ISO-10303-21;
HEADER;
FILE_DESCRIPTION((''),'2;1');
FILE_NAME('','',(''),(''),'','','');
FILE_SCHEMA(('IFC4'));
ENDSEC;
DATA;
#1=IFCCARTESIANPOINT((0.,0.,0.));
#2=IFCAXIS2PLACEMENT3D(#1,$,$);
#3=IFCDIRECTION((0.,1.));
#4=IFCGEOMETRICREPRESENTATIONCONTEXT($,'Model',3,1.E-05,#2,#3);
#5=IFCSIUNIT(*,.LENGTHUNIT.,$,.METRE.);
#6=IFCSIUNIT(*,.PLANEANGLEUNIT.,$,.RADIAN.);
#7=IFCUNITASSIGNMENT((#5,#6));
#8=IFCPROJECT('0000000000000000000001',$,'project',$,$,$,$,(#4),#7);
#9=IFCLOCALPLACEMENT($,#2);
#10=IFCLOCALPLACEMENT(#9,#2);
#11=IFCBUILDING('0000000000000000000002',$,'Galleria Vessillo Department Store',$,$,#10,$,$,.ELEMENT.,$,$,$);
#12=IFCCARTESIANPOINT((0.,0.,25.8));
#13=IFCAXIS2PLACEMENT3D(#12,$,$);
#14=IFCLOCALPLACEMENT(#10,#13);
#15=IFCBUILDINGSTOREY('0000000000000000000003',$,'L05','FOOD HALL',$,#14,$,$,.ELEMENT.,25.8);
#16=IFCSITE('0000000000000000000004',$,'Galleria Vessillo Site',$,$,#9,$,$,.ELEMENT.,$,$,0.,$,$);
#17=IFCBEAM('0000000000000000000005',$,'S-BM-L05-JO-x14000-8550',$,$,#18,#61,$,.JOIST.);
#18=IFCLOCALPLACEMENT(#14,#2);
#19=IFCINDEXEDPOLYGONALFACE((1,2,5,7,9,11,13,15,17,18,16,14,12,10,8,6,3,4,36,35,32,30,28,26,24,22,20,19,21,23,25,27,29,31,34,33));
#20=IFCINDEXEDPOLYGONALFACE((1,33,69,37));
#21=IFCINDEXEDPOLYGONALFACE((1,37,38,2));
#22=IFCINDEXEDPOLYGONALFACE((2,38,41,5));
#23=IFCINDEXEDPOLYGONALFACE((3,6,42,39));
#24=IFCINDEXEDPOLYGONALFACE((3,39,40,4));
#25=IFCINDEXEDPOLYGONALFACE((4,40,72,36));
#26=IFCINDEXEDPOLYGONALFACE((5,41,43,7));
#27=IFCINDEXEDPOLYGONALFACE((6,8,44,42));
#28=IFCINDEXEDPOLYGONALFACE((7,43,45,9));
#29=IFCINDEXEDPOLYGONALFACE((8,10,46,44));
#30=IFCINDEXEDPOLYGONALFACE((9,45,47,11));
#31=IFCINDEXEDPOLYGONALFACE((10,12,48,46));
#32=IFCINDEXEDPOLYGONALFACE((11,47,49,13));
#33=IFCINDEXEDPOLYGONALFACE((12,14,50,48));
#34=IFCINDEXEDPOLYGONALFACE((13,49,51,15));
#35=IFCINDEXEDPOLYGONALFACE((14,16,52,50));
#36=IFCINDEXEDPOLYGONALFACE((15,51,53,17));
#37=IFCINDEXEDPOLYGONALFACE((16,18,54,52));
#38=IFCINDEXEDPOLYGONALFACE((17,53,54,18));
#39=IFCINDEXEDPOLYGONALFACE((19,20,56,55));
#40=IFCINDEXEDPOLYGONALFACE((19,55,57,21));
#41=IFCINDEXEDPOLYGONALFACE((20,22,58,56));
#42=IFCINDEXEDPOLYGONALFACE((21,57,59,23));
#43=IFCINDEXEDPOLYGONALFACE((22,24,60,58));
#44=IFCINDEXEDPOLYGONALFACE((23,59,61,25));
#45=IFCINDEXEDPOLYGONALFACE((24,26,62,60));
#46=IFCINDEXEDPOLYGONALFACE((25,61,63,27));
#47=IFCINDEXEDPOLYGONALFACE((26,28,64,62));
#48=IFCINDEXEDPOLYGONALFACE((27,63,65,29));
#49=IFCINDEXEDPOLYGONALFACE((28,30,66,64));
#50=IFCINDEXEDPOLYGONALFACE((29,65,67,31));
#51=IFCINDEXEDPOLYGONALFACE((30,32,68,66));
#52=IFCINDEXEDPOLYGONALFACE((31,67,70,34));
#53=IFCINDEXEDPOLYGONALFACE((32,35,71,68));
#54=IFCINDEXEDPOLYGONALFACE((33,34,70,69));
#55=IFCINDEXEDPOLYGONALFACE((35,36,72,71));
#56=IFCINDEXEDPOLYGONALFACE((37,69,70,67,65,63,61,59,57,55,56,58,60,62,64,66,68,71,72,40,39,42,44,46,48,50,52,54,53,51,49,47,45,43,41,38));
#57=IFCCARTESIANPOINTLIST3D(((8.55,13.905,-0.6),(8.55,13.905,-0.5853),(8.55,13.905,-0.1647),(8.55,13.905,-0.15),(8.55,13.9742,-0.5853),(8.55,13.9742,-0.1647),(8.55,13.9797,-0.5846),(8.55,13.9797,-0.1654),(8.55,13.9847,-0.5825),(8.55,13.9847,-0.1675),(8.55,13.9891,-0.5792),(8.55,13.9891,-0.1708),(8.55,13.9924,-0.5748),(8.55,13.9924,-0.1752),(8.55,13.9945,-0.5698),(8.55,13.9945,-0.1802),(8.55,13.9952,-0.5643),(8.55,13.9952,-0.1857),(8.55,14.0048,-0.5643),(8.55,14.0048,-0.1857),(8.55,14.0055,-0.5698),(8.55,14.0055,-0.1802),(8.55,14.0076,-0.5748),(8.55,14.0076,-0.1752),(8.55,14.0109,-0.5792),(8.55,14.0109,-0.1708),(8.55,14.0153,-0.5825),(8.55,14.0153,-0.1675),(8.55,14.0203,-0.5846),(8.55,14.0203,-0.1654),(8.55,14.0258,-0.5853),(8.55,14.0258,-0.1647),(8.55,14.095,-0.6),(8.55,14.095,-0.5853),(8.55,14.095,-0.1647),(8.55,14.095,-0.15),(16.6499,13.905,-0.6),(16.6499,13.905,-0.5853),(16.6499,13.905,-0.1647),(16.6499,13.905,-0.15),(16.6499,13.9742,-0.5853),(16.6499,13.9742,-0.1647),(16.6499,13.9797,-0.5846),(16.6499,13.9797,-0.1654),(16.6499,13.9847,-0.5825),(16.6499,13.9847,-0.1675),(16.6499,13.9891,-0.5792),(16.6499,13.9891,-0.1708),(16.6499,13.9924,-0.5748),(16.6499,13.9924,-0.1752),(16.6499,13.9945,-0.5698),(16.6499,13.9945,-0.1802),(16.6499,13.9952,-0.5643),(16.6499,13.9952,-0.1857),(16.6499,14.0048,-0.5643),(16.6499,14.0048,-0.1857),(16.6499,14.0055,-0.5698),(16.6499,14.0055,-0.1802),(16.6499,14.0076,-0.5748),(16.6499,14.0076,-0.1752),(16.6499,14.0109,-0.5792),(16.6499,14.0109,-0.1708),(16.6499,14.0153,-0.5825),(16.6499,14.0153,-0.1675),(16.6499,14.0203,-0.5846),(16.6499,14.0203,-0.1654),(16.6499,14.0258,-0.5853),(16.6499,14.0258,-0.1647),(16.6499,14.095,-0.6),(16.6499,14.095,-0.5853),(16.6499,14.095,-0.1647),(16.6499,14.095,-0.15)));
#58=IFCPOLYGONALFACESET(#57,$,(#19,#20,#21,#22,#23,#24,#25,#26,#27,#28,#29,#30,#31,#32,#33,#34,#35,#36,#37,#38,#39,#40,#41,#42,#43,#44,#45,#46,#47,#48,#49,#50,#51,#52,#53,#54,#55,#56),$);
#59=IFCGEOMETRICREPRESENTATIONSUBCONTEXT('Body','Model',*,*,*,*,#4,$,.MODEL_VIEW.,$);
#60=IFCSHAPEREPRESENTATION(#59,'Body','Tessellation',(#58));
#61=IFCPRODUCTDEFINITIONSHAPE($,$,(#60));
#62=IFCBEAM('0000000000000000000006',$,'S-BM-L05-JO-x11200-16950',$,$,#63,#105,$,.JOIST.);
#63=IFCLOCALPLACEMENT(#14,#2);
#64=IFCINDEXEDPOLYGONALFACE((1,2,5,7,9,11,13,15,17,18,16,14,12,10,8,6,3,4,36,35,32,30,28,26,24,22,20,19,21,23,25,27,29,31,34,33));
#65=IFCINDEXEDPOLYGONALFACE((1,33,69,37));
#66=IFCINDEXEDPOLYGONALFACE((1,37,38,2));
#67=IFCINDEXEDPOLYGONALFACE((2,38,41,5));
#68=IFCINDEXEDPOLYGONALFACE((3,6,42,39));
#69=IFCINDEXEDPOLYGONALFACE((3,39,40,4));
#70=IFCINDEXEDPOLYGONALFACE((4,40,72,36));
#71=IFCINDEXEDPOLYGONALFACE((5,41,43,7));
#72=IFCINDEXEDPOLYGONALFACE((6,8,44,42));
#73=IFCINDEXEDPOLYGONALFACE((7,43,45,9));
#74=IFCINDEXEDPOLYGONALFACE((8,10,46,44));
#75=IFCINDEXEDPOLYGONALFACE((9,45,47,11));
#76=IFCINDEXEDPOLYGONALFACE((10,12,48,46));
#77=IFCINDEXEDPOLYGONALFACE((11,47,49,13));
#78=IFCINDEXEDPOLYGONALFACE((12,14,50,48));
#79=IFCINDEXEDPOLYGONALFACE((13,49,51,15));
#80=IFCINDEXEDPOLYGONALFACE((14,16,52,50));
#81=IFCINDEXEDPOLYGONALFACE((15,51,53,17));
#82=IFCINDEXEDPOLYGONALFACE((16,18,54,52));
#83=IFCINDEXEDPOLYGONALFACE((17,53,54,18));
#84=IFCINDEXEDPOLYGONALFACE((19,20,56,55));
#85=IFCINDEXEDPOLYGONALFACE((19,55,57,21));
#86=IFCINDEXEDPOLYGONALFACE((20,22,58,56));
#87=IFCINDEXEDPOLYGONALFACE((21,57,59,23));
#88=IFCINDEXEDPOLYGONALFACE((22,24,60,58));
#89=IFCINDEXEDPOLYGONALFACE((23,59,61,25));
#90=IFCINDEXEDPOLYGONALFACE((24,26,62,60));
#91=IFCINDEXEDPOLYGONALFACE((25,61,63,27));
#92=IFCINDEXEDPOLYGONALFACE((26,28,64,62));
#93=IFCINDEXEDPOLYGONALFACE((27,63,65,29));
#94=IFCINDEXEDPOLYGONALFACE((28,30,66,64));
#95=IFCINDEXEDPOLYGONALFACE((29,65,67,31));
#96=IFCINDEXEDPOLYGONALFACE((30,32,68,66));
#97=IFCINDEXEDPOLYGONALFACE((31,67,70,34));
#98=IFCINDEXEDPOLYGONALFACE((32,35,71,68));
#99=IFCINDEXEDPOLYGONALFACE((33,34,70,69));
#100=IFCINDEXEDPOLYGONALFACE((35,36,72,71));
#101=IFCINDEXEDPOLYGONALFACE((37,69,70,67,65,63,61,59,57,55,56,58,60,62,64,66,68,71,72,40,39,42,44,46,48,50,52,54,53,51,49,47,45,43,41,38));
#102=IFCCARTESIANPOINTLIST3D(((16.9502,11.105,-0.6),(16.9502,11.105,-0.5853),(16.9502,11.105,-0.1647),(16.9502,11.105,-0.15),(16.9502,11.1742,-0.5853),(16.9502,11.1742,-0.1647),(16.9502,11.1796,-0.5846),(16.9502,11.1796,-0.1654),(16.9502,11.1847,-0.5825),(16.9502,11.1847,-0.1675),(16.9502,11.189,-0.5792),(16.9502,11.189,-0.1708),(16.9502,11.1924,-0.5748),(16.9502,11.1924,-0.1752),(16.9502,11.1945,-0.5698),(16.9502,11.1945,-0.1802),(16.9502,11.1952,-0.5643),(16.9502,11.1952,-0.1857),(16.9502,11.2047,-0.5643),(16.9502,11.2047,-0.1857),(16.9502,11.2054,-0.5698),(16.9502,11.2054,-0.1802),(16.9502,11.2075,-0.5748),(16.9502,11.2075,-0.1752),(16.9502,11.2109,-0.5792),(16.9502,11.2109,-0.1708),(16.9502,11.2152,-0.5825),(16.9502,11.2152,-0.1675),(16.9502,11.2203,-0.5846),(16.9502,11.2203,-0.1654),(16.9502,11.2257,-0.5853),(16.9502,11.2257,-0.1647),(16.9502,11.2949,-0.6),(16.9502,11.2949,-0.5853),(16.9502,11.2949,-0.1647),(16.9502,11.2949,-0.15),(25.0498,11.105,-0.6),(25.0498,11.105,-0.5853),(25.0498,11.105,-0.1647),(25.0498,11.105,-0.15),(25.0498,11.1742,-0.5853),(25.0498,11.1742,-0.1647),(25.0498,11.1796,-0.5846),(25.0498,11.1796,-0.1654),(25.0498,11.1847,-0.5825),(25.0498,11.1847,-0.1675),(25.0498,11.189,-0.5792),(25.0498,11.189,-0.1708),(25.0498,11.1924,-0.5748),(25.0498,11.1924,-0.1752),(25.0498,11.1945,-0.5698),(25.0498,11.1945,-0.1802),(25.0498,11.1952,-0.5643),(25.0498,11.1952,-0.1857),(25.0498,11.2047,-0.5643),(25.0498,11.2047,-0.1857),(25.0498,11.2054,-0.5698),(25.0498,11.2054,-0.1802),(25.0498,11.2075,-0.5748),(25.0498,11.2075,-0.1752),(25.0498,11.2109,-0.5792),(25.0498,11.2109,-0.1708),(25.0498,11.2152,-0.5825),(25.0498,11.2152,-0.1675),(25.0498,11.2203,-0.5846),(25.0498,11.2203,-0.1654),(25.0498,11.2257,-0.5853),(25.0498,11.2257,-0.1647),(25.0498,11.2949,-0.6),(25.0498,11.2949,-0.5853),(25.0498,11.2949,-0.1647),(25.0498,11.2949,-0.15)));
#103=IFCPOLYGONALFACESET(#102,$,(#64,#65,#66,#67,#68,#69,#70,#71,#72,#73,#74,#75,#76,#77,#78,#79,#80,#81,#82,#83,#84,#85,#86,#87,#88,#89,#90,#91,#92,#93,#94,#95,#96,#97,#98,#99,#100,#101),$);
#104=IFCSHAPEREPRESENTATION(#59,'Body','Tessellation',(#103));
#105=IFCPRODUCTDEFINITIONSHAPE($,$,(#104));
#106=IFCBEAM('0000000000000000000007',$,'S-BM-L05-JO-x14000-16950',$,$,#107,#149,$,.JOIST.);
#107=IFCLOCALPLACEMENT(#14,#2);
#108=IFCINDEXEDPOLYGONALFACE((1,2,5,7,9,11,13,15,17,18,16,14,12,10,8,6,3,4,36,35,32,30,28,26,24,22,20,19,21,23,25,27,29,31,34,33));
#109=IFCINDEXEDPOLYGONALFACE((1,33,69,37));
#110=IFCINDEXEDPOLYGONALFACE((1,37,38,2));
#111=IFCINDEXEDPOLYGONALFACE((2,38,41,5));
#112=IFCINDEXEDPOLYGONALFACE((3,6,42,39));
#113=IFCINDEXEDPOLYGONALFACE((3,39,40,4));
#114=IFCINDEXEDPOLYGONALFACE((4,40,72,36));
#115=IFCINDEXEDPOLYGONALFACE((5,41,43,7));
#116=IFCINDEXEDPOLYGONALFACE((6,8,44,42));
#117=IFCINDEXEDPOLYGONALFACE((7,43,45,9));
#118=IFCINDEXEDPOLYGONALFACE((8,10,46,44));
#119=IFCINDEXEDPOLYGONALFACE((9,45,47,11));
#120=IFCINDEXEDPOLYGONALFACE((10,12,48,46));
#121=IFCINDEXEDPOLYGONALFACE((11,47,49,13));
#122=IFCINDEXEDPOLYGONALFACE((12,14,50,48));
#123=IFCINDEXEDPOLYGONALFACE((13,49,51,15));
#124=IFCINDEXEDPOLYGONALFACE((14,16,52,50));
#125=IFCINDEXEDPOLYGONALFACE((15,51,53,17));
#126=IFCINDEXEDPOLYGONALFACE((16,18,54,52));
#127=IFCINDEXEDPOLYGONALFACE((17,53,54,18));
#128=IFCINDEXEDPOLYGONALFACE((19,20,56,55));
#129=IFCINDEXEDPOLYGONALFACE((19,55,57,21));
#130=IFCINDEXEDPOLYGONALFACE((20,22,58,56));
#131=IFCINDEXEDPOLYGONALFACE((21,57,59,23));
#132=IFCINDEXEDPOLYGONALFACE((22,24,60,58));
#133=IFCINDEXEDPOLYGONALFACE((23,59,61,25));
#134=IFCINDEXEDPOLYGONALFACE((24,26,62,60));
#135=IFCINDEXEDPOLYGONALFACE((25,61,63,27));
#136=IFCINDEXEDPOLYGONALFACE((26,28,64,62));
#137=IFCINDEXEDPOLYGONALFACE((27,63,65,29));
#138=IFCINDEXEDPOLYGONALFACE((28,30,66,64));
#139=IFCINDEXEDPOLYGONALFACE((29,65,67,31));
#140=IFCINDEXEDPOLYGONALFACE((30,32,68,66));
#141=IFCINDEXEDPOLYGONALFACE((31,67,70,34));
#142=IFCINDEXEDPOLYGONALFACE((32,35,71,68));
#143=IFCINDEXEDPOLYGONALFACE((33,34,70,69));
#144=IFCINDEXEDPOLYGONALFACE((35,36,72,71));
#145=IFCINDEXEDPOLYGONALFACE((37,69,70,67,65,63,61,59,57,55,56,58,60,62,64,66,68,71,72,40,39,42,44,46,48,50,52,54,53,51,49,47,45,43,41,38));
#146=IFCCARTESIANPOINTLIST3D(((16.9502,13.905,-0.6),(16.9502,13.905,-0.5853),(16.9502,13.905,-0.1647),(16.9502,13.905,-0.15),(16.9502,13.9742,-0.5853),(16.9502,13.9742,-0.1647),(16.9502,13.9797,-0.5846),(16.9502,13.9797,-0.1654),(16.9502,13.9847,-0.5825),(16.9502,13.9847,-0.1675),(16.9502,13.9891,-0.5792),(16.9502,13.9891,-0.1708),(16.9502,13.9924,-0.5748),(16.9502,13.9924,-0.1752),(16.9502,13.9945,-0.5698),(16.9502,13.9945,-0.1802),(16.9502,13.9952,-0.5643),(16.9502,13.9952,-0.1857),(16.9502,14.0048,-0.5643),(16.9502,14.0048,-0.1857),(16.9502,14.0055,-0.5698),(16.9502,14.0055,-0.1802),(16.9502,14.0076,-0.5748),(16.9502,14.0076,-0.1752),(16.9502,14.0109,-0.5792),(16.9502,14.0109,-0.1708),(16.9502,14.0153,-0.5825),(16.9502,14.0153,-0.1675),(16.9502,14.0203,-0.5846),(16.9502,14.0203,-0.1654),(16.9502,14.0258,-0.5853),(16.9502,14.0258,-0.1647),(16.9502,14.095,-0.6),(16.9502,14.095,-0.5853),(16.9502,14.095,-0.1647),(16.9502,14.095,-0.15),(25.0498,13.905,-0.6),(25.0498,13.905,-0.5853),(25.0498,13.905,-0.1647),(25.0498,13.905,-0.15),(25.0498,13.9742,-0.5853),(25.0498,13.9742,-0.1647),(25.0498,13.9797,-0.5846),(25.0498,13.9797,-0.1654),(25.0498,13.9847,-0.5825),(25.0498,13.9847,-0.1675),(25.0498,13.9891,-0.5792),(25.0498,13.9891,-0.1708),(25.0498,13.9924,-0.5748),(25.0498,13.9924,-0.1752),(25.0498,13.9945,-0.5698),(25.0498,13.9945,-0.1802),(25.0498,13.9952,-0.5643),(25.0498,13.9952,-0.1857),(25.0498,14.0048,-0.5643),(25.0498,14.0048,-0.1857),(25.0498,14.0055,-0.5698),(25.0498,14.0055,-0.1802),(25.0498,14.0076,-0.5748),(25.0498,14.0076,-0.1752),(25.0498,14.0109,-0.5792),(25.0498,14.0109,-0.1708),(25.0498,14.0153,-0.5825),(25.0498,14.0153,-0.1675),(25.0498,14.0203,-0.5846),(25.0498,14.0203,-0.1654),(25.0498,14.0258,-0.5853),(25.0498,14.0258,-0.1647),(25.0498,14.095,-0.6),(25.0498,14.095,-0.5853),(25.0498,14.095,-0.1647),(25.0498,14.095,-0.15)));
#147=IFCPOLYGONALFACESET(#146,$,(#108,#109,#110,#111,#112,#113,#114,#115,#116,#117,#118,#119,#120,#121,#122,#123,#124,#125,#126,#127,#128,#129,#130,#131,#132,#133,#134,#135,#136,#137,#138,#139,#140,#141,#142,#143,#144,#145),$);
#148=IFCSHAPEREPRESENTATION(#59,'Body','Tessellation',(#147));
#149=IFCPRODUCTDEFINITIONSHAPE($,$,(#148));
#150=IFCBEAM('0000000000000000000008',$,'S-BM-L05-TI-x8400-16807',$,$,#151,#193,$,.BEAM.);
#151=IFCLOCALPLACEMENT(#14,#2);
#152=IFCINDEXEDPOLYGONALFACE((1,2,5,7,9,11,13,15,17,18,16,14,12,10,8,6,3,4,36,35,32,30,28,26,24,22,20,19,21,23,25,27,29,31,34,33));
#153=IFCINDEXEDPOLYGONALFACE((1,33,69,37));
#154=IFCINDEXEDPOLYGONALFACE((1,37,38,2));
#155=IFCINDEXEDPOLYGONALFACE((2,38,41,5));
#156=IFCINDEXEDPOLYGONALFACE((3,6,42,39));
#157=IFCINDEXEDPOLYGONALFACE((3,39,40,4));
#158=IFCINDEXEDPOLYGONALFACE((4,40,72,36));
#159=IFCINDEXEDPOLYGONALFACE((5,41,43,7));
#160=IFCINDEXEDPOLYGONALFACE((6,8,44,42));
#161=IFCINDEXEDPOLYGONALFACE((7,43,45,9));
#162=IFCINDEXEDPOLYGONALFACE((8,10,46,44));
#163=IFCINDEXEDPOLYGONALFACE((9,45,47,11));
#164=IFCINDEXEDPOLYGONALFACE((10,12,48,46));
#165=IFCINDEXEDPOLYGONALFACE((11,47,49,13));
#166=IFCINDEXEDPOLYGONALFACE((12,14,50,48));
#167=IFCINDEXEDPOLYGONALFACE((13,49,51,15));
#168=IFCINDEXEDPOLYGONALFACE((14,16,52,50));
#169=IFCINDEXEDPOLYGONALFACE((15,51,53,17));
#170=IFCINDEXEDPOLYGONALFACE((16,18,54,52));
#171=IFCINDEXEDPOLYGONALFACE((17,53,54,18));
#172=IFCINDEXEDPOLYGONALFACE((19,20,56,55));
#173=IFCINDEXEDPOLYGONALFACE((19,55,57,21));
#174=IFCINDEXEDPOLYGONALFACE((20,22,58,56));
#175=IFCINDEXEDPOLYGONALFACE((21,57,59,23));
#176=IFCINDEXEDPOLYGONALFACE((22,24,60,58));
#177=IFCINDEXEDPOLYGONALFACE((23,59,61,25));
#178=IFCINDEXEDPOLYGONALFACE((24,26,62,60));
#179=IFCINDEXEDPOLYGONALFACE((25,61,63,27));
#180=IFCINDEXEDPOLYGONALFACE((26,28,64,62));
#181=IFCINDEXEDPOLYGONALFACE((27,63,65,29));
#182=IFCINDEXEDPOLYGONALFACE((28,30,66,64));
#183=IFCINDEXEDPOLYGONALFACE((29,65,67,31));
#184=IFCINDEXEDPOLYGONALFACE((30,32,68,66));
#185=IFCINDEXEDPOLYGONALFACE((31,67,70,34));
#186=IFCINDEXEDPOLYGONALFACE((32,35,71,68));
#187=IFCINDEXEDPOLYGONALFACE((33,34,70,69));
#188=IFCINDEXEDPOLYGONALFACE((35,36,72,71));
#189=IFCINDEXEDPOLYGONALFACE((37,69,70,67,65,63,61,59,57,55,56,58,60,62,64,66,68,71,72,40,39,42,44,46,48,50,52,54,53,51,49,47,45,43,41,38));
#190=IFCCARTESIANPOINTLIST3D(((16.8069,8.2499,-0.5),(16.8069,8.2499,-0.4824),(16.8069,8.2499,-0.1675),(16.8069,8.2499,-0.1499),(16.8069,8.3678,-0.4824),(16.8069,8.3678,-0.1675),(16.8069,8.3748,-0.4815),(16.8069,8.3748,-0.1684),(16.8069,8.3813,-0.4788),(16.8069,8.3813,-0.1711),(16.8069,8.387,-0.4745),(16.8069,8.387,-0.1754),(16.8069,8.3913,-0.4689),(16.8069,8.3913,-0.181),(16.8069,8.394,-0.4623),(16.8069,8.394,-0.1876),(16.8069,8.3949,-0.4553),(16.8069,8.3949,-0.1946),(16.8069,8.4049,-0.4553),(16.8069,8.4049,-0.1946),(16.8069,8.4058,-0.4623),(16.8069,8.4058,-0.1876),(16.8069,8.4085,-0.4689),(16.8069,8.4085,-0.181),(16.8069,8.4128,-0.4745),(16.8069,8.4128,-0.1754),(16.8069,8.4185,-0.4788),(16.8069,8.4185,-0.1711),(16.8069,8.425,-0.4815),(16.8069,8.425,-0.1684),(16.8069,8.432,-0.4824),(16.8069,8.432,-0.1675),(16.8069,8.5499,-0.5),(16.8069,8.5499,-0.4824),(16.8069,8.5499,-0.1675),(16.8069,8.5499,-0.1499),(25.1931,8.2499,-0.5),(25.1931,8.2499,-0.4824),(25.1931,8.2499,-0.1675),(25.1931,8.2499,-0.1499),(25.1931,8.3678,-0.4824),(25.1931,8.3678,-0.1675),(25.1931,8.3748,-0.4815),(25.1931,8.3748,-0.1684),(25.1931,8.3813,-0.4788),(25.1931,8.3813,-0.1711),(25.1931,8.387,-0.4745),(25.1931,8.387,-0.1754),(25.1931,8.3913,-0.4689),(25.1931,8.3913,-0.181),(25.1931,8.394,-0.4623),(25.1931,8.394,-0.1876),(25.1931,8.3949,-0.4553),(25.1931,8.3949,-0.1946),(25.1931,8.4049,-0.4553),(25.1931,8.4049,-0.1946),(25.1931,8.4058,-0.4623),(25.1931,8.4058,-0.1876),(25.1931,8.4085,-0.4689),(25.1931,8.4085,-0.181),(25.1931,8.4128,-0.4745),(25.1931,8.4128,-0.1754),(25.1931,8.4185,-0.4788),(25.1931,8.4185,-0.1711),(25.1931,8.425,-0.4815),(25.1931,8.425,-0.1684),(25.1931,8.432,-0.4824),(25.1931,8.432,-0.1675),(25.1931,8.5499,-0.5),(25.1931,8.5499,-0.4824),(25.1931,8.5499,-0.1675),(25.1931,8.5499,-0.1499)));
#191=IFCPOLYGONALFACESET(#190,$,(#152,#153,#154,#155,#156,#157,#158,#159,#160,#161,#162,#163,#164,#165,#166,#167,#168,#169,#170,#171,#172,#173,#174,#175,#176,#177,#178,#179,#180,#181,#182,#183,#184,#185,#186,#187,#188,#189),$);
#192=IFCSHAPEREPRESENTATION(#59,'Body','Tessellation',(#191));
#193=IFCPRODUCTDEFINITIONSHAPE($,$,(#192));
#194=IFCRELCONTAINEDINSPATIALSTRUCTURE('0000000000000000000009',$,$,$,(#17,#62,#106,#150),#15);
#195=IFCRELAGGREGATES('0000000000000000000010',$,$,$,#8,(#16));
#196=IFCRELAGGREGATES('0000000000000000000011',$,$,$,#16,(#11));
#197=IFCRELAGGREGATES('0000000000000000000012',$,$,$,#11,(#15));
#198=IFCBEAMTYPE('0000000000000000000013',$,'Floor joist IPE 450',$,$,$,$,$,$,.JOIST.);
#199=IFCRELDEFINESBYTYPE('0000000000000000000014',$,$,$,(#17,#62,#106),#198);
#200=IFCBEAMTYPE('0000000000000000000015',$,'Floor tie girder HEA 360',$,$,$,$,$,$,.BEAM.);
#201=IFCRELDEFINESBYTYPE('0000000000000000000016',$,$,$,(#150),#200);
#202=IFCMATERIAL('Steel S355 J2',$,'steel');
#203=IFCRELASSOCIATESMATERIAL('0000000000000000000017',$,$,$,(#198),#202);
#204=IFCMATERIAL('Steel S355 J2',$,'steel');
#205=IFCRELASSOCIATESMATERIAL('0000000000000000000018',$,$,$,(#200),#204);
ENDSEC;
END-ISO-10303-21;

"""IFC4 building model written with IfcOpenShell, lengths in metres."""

from ifc_helpers import new_model, si_unit, direction, frame, origin, origin_2d, place, context, subcontext, project, spatial, i_section, extrude, material, material_profile, profile_set, type_object, element, save


model = new_model("IFC4")

# Units and contexts
model_context = context("Model", 3, precision=1e-05, world=origin(), true_north=direction((0.0, 1.0)))
body_context = subcontext(model_context, "Body", "Model", "MODEL_VIEW")
ifc_project = project(units=[si_unit("LENGTHUNIT", "METRE"), si_unit("PLANEANGLEUNIT", "RADIAN")], contexts=[model_context])

# Site, building, storey
site_placement = place(None, origin())
site = spatial("IfcSite", under=ifc_project, at=site_placement, Name="Galleria Vessillo Site", CompositionType="ELEMENT", RefElevation=0.0)
building_placement = place(site_placement, origin())
building = spatial("IfcBuilding", under=site, at=building_placement, Name="Galleria Vessillo Department Store", CompositionType="ELEMENT")
storey_placement = place(building_placement, frame((0.0, 0.0, 25.8)))
storey = spatial("IfcBuildingStorey", under=building, at=storey_placement, Name="L05", Description="FOOD HALL", CompositionType="ELEMENT", Elevation=25.8)

# Beams
ifc_material_1 = material(Name="Steel S355 J2", Category="steel")
ifc_material_profile_1 = material_profile(ifc_material_1, i_section(OverallWidth=0.1899, OverallDepth=0.45, WebThickness=0.0095, FlangeThickness=0.0146, FilletRadius=0.021, at=origin_2d()), Name="IPE 450")
ifc_profile_set_1 = profile_set([ifc_material_profile_1], Name="Steel S355 J2")
beam_type_1 = type_object("IfcBeamType", Name="Floor joist IPE 450", PredefinedType="JOIST", material=ifc_profile_set_1)
for number, where, z_axis, x_axis, name in (
    (1, (8.55, 14.0, -0.375), (1.0, 0.0, 0.0), (0.0, 1.0, 0.0), "S-BM-L05-JO-x14000-8550"),
):
    element("IfcBeam", number, at=place(storey_placement, frame(where, z_axis=z_axis, x_axis=x_axis)), inside=storey, type_object=beam_type_1, Name=name, PredefinedType="JOIST", context=body_context, shape_type="SweptSolid", body=[
        extrude(i_section(OverallWidth=0.1899, OverallDepth=0.45, WebThickness=0.0095, FlangeThickness=0.0146, FilletRadius=0.021, at=origin_2d()), origin(), (0.0, 0.0, 1.0), 8.0999),
    ])
for number, where, z_axis, x_axis, name in (
    (2, (16.9502, 11.2, -0.375), (1.0, 0.0, 0.0), (0.0, 1.0, 0.0), "S-BM-L05-JO-x11200-16950"),
    (3, (16.9502, 14.0, -0.375), (1.0, 0.0, 0.0), (0.0, 1.0, 0.0), "S-BM-L05-JO-x14000-16950"),
):
    element("IfcBeam", number, at=place(storey_placement, frame(where, z_axis=z_axis, x_axis=x_axis)), inside=storey, type_object=beam_type_1, Name=name, PredefinedType="JOIST", context=body_context, shape_type="SweptSolid", body=[
        extrude(i_section(OverallWidth=0.1899, OverallDepth=0.45, WebThickness=0.0095, FlangeThickness=0.0146, FilletRadius=0.021, at=origin_2d()), origin(), (0.0, 0.0, 1.0), 8.0996),
    ])
ifc_material_2 = material(Name="Steel S355 J2", Category="steel")
ifc_material_profile_2 = material_profile(ifc_material_2, i_section(OverallWidth=0.3, OverallDepth=0.3501, WebThickness=0.01, FlangeThickness=0.0176, FilletRadius=0.0271, at=origin_2d()), Name="HEA 360")
ifc_profile_set_2 = profile_set([ifc_material_profile_2], Name="Steel S355 J2")
beam_type_2 = type_object("IfcBeamType", Name="Floor tie girder HEA 360", PredefinedType="BEAM", material=ifc_profile_set_2)
beam_placement = place(storey_placement, frame((16.8069, 8.3999, -0.325), z_axis=(1.0, 0.0, 0.0), x_axis=(0.0, 1.0, 0.0)))
element("IfcBeam", 4, at=beam_placement, inside=storey, type_object=beam_type_2, Name="S-BM-L05-TI-x8400-16807", PredefinedType="BEAM", context=body_context, shape_type="SweptSolid", body=[
    extrude(i_section(OverallWidth=0.3, OverallDepth=0.3501, WebThickness=0.01, FlangeThickness=0.0176, FilletRadius=0.0271, at=origin_2d()), origin(), (0.0, 0.0, 1.0), 8.3862),
])

save(model, "model.ifc")
